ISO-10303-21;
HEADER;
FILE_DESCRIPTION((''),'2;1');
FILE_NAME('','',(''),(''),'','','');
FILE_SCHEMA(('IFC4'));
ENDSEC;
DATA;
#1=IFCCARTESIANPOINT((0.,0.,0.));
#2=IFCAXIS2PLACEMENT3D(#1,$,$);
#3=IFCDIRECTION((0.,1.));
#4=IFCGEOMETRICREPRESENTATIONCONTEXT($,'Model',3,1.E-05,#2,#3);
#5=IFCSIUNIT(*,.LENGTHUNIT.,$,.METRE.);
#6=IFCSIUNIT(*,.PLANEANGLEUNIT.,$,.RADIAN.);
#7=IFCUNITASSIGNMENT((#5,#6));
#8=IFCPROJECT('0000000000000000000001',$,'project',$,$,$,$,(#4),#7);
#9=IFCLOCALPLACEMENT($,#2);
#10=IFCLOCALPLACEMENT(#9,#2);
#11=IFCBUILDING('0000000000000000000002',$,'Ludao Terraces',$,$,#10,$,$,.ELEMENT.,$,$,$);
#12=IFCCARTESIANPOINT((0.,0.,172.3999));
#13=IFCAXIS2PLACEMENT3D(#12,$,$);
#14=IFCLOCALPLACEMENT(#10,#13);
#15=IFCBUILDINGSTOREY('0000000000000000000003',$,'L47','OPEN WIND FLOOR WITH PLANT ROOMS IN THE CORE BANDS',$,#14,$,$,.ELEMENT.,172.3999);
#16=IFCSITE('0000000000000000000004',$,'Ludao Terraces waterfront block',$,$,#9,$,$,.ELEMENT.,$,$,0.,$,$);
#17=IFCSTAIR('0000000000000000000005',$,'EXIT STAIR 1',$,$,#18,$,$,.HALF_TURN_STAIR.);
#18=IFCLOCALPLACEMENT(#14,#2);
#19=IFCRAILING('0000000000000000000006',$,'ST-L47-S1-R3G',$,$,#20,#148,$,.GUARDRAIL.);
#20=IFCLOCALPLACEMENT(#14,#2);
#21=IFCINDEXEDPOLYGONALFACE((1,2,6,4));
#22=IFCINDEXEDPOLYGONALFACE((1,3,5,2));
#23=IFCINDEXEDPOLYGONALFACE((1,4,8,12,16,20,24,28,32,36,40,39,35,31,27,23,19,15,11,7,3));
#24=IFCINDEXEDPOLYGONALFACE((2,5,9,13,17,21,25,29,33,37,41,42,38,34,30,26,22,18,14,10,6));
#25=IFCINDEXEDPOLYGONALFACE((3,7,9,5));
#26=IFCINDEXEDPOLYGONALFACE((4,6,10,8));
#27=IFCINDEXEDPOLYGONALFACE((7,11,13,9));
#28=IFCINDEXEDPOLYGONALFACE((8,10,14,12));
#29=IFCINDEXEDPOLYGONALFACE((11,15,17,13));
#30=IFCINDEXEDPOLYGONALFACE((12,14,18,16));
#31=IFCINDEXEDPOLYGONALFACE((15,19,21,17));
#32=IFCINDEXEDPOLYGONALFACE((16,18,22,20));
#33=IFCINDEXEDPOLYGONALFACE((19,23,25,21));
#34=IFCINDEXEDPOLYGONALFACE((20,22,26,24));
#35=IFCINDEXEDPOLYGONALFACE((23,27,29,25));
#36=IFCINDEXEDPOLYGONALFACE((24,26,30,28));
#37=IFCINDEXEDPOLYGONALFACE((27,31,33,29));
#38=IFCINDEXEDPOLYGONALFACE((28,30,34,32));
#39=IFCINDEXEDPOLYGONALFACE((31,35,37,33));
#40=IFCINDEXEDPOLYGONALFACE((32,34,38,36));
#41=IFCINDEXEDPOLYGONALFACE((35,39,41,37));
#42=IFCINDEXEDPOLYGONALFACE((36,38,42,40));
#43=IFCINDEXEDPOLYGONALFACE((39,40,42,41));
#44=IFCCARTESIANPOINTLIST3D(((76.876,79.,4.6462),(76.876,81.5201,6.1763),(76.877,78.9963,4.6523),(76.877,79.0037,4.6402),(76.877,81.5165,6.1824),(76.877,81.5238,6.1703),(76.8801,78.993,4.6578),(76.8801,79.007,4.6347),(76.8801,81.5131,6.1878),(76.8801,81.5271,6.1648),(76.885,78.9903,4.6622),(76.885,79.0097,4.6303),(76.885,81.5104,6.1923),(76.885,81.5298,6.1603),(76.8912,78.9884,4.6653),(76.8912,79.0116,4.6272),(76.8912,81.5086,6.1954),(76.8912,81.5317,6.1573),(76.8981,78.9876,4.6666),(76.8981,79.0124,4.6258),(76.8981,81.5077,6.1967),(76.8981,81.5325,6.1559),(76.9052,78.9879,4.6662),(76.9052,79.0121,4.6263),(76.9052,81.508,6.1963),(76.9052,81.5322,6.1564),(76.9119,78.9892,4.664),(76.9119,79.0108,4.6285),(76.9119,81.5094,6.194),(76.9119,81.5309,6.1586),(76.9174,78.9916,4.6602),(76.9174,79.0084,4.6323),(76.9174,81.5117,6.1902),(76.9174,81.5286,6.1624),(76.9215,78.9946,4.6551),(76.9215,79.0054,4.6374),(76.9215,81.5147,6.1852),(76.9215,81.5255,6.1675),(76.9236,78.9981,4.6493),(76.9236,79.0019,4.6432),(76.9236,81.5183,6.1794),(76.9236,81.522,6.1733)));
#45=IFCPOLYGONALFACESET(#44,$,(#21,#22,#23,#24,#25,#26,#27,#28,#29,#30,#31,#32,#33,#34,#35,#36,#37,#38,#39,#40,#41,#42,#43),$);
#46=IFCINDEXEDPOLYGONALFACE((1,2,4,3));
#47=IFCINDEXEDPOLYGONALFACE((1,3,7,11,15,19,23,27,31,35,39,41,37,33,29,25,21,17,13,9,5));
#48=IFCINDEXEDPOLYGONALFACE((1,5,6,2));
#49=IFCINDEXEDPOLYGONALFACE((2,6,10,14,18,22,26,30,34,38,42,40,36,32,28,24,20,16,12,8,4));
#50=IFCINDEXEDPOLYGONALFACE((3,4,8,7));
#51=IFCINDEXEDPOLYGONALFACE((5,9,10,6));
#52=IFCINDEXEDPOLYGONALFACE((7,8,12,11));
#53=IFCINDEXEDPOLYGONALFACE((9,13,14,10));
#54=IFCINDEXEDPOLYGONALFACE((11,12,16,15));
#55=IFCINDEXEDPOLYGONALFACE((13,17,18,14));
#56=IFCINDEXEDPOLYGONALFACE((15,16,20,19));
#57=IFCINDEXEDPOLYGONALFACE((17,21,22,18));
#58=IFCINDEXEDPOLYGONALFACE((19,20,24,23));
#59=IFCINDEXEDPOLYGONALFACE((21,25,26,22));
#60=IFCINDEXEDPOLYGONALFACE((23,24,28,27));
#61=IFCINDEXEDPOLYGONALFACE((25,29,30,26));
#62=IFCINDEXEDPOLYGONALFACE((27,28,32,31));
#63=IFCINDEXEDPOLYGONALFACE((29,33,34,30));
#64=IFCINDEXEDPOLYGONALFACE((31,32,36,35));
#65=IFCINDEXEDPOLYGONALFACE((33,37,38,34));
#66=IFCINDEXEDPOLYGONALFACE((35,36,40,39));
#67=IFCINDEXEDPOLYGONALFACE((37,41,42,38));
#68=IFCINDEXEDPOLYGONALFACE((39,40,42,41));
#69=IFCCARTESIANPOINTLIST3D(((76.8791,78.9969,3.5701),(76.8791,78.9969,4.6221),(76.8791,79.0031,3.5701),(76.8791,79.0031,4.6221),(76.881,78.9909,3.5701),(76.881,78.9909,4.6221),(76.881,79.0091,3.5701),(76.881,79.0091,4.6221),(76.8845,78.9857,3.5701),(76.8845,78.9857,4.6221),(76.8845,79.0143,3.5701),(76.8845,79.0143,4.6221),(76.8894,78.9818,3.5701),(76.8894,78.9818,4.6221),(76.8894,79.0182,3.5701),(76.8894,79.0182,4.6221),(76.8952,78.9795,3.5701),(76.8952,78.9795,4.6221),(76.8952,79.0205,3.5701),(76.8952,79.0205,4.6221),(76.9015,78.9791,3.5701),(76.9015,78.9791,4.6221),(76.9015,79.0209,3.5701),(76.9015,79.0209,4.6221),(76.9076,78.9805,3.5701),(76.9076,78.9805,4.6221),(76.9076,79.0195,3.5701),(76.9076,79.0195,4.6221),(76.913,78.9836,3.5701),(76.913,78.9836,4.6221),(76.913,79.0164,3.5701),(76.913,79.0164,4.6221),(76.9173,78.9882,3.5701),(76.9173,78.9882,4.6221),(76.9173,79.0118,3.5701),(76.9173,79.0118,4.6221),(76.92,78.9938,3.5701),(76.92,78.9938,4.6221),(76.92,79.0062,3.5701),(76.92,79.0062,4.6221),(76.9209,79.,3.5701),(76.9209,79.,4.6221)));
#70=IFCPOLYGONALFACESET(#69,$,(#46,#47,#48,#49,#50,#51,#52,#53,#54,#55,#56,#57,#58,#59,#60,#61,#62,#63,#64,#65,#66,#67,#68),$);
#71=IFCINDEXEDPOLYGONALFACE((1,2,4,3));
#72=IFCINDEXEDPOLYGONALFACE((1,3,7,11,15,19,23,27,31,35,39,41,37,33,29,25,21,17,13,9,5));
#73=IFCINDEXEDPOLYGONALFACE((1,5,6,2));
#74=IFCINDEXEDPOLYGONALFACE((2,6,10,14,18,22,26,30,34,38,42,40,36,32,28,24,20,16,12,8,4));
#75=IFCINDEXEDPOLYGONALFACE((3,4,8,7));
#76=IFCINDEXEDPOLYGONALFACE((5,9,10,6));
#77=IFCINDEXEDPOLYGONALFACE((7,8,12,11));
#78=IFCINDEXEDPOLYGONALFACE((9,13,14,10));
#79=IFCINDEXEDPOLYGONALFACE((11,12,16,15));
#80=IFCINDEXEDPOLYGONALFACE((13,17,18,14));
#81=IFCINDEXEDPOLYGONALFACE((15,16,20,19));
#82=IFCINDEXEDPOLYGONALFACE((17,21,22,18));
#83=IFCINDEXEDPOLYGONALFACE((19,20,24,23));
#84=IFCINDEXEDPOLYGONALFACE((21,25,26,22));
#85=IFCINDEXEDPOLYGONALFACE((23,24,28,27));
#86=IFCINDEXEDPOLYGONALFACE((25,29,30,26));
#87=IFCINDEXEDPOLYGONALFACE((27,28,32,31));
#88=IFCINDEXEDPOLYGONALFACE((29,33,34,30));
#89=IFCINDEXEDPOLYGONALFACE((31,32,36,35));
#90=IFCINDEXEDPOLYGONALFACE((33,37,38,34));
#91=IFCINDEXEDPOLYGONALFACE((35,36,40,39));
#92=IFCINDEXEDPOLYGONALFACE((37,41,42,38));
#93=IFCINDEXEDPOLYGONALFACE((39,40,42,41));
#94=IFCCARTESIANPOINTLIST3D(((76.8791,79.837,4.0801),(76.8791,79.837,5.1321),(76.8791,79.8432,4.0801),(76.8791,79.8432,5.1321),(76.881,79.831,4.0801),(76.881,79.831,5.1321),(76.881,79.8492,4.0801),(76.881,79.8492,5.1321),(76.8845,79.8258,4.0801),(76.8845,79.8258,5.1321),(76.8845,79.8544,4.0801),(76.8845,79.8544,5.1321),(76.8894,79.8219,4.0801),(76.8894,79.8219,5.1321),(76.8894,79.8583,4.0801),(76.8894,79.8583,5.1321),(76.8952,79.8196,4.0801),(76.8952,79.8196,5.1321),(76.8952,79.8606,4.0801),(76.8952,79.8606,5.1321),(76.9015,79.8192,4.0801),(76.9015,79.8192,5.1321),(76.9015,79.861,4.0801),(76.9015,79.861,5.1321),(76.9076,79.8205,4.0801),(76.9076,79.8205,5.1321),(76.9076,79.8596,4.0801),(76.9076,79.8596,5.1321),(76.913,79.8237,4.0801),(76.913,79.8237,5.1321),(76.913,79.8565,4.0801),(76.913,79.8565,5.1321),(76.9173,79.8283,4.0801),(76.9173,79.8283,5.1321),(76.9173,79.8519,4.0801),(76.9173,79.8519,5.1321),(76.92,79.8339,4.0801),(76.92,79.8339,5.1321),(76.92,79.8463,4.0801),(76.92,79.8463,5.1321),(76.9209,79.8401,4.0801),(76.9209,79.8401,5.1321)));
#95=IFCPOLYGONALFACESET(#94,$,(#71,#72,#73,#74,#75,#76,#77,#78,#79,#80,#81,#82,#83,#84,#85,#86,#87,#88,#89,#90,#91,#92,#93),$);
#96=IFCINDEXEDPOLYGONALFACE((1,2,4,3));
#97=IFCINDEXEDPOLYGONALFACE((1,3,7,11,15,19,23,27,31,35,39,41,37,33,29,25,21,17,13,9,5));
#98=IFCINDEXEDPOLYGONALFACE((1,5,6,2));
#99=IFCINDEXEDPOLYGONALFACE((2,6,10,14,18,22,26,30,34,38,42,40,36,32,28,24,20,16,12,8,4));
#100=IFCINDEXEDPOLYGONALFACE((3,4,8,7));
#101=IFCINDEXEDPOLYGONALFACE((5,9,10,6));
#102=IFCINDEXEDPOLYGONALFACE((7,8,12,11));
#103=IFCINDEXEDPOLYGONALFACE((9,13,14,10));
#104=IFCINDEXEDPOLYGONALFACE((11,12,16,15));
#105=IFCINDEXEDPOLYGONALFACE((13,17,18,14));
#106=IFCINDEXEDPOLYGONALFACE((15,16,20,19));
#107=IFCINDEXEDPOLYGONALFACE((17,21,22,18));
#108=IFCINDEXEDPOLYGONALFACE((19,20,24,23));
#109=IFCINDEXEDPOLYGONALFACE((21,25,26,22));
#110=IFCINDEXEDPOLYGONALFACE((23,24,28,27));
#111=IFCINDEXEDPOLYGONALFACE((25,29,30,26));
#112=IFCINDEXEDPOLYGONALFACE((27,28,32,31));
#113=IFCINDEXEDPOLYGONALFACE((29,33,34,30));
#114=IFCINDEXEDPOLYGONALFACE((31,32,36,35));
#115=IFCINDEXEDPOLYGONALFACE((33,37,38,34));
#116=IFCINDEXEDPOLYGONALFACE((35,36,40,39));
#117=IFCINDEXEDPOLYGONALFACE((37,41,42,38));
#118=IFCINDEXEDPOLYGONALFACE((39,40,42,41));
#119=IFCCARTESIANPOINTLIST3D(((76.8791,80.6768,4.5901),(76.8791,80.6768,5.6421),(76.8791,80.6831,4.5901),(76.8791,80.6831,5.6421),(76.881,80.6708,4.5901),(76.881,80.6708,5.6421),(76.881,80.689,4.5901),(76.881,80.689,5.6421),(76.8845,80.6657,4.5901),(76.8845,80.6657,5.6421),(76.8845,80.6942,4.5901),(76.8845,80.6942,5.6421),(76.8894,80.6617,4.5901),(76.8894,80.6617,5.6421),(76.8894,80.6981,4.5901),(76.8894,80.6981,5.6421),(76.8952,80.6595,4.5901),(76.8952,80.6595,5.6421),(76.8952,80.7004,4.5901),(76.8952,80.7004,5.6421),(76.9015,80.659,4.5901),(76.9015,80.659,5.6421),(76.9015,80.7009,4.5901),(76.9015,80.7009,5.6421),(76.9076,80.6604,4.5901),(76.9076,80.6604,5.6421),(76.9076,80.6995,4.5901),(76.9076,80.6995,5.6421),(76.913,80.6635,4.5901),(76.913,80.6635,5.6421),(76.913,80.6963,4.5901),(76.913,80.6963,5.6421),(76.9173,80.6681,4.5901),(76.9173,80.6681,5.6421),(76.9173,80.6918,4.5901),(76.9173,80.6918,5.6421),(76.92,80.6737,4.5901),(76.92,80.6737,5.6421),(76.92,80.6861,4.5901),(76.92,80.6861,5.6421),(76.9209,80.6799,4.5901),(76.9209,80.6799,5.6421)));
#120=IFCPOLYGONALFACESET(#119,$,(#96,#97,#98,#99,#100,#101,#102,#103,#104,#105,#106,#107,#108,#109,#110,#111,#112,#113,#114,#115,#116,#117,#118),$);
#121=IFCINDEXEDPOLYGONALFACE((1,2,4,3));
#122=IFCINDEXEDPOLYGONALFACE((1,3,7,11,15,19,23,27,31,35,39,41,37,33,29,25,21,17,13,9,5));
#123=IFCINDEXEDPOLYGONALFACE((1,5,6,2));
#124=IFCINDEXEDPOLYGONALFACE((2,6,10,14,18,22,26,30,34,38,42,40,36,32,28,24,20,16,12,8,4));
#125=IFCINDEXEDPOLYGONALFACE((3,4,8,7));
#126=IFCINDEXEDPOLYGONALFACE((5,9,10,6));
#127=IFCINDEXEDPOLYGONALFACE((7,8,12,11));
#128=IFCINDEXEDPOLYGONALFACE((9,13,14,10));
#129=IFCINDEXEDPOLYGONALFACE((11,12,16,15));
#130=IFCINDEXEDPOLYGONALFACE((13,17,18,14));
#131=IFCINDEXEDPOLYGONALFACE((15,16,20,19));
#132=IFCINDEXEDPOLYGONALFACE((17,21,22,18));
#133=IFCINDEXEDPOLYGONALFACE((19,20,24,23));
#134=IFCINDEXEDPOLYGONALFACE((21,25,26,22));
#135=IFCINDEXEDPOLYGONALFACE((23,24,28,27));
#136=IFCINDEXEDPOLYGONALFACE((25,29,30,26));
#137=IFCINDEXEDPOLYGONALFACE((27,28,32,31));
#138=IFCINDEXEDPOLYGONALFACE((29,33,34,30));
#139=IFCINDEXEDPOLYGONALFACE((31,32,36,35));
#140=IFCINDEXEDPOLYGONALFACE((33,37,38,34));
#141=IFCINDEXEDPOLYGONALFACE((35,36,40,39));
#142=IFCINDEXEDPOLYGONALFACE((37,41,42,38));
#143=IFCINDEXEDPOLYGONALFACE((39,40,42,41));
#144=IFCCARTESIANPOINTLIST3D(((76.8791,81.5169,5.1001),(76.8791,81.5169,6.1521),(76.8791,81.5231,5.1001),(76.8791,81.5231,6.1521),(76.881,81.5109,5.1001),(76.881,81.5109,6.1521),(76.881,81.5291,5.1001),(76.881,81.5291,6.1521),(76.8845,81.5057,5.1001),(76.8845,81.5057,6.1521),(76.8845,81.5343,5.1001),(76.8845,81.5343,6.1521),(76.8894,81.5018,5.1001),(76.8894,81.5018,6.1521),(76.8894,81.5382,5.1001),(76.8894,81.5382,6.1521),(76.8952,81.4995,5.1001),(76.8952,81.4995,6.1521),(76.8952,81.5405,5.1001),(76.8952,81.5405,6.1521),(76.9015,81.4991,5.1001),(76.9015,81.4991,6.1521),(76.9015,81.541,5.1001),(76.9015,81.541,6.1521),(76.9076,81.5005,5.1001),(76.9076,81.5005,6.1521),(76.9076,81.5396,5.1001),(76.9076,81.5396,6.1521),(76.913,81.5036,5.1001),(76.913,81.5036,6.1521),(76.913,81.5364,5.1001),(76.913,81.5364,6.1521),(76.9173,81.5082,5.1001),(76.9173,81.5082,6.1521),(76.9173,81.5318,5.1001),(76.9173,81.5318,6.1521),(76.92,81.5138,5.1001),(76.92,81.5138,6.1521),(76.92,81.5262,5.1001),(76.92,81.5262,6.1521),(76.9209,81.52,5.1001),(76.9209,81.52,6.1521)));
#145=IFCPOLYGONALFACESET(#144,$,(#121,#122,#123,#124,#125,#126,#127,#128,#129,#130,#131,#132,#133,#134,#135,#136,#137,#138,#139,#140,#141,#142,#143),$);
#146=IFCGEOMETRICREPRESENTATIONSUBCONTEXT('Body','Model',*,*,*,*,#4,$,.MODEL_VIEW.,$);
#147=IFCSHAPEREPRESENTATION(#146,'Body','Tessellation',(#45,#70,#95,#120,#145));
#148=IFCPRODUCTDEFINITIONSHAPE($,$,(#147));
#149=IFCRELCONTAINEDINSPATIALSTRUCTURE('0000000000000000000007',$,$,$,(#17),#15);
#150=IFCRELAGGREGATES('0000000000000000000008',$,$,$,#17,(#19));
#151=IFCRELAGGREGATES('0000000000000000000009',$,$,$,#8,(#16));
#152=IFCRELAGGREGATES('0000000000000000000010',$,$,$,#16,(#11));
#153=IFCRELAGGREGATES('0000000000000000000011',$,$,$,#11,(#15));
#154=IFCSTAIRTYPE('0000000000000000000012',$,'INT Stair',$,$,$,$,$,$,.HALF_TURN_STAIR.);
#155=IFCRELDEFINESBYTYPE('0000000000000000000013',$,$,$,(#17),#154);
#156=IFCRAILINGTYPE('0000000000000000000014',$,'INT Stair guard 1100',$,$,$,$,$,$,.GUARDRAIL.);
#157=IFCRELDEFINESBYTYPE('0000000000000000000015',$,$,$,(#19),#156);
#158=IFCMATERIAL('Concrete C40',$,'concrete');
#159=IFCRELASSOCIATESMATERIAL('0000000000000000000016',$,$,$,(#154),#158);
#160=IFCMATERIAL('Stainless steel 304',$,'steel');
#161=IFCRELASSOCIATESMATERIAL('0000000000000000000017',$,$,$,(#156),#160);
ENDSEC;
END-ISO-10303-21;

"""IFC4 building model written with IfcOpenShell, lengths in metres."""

from ifc_helpers import new_model, si_unit, direction, frame, origin, origin_2d, place, context, subcontext, project, spatial, circle, extrude, material, type_object, element, aggregate, save


model = new_model("IFC4")

# Units and contexts
model_context = context("Model", 3, precision=1e-05, world=origin(), true_north=direction((0.0, 1.0)))
body_context = subcontext(model_context, "Body", "Model", "MODEL_VIEW")
ifc_project = project(units=[si_unit("LENGTHUNIT", "METRE"), si_unit("PLANEANGLEUNIT", "RADIAN")], contexts=[model_context])

# Site, building, storey
site_placement = place(None, origin())
site = spatial("IfcSite", under=ifc_project, at=site_placement, Name="Ludao Terraces waterfront block", CompositionType="ELEMENT", RefElevation=0.0)
building_placement = place(site_placement, origin())
building = spatial("IfcBuilding", under=site, at=building_placement, Name="Ludao Terraces", CompositionType="ELEMENT")
storey_placement = place(building_placement, frame((0.0, 0.0, 172.3999)))
storey = spatial("IfcBuildingStorey", under=building, at=storey_placement, Name="L47", Description="OPEN WIND FLOOR WITH PLANT ROOMS IN THE CORE BANDS", CompositionType="ELEMENT", Elevation=172.3999)

# Stair, railing
ifc_material_1 = material(Name="Concrete C40", Category="concrete")
stair_type = type_object("IfcStairType", Name="INT Stair", PredefinedType="HALF_TURN_STAIR", material=ifc_material_1)
stair_placement = place(storey_placement, origin())
stair = element("IfcStair", 1, at=stair_placement, inside=storey, type_object=stair_type, Name="EXIT STAIR 1", PredefinedType="HALF_TURN_STAIR")
ifc_material_2 = material(Name="Stainless steel 304", Category="steel")
railing_type_1 = type_object("IfcRailingType", Name="INT Stair guard 1100", PredefinedType="GUARDRAIL", material=ifc_material_2)
railing_1_placement = place(storey_placement, frame((76.8999, 79.0, 3.5701)))
railing_1 = element("IfcRailing", 2, at=railing_1_placement, type_object=railing_type_1, Name="ST-L47-S1-R3G", PredefinedType="GUARDRAIL", context=body_context, shape_type="SweptSolid", body=[
    extrude(circle(Radius=0.0239, at=origin_2d()), frame((0.0, 0.0, 1.0762), z_axis=(0.0, 0.854785, 0.518982), x_axis=(-1.0, 0.0, 0.0)), (0.0, 0.0, 1.0), 2.9482),
    extrude(circle(Radius=0.021, at=origin_2d()), origin(), (0.0, 0.0, 1.0), 1.052),
    extrude(circle(Radius=0.021, at=origin_2d()), frame((0.0, 0.8401, 0.51)), (0.0, 0.0, 1.0), 1.052),
    extrude(circle(Radius=0.021, at=origin_2d()), frame((0.0, 1.6799, 1.02)), (0.0, 0.0, 1.0), 1.052),
    extrude(circle(Radius=0.021, at=origin_2d()), frame((0.0, 2.52, 1.53)), (0.0, 0.0, 1.0), 1.052),
])
aggregate(stair, [railing_1])

save(model, "model.ifc")
